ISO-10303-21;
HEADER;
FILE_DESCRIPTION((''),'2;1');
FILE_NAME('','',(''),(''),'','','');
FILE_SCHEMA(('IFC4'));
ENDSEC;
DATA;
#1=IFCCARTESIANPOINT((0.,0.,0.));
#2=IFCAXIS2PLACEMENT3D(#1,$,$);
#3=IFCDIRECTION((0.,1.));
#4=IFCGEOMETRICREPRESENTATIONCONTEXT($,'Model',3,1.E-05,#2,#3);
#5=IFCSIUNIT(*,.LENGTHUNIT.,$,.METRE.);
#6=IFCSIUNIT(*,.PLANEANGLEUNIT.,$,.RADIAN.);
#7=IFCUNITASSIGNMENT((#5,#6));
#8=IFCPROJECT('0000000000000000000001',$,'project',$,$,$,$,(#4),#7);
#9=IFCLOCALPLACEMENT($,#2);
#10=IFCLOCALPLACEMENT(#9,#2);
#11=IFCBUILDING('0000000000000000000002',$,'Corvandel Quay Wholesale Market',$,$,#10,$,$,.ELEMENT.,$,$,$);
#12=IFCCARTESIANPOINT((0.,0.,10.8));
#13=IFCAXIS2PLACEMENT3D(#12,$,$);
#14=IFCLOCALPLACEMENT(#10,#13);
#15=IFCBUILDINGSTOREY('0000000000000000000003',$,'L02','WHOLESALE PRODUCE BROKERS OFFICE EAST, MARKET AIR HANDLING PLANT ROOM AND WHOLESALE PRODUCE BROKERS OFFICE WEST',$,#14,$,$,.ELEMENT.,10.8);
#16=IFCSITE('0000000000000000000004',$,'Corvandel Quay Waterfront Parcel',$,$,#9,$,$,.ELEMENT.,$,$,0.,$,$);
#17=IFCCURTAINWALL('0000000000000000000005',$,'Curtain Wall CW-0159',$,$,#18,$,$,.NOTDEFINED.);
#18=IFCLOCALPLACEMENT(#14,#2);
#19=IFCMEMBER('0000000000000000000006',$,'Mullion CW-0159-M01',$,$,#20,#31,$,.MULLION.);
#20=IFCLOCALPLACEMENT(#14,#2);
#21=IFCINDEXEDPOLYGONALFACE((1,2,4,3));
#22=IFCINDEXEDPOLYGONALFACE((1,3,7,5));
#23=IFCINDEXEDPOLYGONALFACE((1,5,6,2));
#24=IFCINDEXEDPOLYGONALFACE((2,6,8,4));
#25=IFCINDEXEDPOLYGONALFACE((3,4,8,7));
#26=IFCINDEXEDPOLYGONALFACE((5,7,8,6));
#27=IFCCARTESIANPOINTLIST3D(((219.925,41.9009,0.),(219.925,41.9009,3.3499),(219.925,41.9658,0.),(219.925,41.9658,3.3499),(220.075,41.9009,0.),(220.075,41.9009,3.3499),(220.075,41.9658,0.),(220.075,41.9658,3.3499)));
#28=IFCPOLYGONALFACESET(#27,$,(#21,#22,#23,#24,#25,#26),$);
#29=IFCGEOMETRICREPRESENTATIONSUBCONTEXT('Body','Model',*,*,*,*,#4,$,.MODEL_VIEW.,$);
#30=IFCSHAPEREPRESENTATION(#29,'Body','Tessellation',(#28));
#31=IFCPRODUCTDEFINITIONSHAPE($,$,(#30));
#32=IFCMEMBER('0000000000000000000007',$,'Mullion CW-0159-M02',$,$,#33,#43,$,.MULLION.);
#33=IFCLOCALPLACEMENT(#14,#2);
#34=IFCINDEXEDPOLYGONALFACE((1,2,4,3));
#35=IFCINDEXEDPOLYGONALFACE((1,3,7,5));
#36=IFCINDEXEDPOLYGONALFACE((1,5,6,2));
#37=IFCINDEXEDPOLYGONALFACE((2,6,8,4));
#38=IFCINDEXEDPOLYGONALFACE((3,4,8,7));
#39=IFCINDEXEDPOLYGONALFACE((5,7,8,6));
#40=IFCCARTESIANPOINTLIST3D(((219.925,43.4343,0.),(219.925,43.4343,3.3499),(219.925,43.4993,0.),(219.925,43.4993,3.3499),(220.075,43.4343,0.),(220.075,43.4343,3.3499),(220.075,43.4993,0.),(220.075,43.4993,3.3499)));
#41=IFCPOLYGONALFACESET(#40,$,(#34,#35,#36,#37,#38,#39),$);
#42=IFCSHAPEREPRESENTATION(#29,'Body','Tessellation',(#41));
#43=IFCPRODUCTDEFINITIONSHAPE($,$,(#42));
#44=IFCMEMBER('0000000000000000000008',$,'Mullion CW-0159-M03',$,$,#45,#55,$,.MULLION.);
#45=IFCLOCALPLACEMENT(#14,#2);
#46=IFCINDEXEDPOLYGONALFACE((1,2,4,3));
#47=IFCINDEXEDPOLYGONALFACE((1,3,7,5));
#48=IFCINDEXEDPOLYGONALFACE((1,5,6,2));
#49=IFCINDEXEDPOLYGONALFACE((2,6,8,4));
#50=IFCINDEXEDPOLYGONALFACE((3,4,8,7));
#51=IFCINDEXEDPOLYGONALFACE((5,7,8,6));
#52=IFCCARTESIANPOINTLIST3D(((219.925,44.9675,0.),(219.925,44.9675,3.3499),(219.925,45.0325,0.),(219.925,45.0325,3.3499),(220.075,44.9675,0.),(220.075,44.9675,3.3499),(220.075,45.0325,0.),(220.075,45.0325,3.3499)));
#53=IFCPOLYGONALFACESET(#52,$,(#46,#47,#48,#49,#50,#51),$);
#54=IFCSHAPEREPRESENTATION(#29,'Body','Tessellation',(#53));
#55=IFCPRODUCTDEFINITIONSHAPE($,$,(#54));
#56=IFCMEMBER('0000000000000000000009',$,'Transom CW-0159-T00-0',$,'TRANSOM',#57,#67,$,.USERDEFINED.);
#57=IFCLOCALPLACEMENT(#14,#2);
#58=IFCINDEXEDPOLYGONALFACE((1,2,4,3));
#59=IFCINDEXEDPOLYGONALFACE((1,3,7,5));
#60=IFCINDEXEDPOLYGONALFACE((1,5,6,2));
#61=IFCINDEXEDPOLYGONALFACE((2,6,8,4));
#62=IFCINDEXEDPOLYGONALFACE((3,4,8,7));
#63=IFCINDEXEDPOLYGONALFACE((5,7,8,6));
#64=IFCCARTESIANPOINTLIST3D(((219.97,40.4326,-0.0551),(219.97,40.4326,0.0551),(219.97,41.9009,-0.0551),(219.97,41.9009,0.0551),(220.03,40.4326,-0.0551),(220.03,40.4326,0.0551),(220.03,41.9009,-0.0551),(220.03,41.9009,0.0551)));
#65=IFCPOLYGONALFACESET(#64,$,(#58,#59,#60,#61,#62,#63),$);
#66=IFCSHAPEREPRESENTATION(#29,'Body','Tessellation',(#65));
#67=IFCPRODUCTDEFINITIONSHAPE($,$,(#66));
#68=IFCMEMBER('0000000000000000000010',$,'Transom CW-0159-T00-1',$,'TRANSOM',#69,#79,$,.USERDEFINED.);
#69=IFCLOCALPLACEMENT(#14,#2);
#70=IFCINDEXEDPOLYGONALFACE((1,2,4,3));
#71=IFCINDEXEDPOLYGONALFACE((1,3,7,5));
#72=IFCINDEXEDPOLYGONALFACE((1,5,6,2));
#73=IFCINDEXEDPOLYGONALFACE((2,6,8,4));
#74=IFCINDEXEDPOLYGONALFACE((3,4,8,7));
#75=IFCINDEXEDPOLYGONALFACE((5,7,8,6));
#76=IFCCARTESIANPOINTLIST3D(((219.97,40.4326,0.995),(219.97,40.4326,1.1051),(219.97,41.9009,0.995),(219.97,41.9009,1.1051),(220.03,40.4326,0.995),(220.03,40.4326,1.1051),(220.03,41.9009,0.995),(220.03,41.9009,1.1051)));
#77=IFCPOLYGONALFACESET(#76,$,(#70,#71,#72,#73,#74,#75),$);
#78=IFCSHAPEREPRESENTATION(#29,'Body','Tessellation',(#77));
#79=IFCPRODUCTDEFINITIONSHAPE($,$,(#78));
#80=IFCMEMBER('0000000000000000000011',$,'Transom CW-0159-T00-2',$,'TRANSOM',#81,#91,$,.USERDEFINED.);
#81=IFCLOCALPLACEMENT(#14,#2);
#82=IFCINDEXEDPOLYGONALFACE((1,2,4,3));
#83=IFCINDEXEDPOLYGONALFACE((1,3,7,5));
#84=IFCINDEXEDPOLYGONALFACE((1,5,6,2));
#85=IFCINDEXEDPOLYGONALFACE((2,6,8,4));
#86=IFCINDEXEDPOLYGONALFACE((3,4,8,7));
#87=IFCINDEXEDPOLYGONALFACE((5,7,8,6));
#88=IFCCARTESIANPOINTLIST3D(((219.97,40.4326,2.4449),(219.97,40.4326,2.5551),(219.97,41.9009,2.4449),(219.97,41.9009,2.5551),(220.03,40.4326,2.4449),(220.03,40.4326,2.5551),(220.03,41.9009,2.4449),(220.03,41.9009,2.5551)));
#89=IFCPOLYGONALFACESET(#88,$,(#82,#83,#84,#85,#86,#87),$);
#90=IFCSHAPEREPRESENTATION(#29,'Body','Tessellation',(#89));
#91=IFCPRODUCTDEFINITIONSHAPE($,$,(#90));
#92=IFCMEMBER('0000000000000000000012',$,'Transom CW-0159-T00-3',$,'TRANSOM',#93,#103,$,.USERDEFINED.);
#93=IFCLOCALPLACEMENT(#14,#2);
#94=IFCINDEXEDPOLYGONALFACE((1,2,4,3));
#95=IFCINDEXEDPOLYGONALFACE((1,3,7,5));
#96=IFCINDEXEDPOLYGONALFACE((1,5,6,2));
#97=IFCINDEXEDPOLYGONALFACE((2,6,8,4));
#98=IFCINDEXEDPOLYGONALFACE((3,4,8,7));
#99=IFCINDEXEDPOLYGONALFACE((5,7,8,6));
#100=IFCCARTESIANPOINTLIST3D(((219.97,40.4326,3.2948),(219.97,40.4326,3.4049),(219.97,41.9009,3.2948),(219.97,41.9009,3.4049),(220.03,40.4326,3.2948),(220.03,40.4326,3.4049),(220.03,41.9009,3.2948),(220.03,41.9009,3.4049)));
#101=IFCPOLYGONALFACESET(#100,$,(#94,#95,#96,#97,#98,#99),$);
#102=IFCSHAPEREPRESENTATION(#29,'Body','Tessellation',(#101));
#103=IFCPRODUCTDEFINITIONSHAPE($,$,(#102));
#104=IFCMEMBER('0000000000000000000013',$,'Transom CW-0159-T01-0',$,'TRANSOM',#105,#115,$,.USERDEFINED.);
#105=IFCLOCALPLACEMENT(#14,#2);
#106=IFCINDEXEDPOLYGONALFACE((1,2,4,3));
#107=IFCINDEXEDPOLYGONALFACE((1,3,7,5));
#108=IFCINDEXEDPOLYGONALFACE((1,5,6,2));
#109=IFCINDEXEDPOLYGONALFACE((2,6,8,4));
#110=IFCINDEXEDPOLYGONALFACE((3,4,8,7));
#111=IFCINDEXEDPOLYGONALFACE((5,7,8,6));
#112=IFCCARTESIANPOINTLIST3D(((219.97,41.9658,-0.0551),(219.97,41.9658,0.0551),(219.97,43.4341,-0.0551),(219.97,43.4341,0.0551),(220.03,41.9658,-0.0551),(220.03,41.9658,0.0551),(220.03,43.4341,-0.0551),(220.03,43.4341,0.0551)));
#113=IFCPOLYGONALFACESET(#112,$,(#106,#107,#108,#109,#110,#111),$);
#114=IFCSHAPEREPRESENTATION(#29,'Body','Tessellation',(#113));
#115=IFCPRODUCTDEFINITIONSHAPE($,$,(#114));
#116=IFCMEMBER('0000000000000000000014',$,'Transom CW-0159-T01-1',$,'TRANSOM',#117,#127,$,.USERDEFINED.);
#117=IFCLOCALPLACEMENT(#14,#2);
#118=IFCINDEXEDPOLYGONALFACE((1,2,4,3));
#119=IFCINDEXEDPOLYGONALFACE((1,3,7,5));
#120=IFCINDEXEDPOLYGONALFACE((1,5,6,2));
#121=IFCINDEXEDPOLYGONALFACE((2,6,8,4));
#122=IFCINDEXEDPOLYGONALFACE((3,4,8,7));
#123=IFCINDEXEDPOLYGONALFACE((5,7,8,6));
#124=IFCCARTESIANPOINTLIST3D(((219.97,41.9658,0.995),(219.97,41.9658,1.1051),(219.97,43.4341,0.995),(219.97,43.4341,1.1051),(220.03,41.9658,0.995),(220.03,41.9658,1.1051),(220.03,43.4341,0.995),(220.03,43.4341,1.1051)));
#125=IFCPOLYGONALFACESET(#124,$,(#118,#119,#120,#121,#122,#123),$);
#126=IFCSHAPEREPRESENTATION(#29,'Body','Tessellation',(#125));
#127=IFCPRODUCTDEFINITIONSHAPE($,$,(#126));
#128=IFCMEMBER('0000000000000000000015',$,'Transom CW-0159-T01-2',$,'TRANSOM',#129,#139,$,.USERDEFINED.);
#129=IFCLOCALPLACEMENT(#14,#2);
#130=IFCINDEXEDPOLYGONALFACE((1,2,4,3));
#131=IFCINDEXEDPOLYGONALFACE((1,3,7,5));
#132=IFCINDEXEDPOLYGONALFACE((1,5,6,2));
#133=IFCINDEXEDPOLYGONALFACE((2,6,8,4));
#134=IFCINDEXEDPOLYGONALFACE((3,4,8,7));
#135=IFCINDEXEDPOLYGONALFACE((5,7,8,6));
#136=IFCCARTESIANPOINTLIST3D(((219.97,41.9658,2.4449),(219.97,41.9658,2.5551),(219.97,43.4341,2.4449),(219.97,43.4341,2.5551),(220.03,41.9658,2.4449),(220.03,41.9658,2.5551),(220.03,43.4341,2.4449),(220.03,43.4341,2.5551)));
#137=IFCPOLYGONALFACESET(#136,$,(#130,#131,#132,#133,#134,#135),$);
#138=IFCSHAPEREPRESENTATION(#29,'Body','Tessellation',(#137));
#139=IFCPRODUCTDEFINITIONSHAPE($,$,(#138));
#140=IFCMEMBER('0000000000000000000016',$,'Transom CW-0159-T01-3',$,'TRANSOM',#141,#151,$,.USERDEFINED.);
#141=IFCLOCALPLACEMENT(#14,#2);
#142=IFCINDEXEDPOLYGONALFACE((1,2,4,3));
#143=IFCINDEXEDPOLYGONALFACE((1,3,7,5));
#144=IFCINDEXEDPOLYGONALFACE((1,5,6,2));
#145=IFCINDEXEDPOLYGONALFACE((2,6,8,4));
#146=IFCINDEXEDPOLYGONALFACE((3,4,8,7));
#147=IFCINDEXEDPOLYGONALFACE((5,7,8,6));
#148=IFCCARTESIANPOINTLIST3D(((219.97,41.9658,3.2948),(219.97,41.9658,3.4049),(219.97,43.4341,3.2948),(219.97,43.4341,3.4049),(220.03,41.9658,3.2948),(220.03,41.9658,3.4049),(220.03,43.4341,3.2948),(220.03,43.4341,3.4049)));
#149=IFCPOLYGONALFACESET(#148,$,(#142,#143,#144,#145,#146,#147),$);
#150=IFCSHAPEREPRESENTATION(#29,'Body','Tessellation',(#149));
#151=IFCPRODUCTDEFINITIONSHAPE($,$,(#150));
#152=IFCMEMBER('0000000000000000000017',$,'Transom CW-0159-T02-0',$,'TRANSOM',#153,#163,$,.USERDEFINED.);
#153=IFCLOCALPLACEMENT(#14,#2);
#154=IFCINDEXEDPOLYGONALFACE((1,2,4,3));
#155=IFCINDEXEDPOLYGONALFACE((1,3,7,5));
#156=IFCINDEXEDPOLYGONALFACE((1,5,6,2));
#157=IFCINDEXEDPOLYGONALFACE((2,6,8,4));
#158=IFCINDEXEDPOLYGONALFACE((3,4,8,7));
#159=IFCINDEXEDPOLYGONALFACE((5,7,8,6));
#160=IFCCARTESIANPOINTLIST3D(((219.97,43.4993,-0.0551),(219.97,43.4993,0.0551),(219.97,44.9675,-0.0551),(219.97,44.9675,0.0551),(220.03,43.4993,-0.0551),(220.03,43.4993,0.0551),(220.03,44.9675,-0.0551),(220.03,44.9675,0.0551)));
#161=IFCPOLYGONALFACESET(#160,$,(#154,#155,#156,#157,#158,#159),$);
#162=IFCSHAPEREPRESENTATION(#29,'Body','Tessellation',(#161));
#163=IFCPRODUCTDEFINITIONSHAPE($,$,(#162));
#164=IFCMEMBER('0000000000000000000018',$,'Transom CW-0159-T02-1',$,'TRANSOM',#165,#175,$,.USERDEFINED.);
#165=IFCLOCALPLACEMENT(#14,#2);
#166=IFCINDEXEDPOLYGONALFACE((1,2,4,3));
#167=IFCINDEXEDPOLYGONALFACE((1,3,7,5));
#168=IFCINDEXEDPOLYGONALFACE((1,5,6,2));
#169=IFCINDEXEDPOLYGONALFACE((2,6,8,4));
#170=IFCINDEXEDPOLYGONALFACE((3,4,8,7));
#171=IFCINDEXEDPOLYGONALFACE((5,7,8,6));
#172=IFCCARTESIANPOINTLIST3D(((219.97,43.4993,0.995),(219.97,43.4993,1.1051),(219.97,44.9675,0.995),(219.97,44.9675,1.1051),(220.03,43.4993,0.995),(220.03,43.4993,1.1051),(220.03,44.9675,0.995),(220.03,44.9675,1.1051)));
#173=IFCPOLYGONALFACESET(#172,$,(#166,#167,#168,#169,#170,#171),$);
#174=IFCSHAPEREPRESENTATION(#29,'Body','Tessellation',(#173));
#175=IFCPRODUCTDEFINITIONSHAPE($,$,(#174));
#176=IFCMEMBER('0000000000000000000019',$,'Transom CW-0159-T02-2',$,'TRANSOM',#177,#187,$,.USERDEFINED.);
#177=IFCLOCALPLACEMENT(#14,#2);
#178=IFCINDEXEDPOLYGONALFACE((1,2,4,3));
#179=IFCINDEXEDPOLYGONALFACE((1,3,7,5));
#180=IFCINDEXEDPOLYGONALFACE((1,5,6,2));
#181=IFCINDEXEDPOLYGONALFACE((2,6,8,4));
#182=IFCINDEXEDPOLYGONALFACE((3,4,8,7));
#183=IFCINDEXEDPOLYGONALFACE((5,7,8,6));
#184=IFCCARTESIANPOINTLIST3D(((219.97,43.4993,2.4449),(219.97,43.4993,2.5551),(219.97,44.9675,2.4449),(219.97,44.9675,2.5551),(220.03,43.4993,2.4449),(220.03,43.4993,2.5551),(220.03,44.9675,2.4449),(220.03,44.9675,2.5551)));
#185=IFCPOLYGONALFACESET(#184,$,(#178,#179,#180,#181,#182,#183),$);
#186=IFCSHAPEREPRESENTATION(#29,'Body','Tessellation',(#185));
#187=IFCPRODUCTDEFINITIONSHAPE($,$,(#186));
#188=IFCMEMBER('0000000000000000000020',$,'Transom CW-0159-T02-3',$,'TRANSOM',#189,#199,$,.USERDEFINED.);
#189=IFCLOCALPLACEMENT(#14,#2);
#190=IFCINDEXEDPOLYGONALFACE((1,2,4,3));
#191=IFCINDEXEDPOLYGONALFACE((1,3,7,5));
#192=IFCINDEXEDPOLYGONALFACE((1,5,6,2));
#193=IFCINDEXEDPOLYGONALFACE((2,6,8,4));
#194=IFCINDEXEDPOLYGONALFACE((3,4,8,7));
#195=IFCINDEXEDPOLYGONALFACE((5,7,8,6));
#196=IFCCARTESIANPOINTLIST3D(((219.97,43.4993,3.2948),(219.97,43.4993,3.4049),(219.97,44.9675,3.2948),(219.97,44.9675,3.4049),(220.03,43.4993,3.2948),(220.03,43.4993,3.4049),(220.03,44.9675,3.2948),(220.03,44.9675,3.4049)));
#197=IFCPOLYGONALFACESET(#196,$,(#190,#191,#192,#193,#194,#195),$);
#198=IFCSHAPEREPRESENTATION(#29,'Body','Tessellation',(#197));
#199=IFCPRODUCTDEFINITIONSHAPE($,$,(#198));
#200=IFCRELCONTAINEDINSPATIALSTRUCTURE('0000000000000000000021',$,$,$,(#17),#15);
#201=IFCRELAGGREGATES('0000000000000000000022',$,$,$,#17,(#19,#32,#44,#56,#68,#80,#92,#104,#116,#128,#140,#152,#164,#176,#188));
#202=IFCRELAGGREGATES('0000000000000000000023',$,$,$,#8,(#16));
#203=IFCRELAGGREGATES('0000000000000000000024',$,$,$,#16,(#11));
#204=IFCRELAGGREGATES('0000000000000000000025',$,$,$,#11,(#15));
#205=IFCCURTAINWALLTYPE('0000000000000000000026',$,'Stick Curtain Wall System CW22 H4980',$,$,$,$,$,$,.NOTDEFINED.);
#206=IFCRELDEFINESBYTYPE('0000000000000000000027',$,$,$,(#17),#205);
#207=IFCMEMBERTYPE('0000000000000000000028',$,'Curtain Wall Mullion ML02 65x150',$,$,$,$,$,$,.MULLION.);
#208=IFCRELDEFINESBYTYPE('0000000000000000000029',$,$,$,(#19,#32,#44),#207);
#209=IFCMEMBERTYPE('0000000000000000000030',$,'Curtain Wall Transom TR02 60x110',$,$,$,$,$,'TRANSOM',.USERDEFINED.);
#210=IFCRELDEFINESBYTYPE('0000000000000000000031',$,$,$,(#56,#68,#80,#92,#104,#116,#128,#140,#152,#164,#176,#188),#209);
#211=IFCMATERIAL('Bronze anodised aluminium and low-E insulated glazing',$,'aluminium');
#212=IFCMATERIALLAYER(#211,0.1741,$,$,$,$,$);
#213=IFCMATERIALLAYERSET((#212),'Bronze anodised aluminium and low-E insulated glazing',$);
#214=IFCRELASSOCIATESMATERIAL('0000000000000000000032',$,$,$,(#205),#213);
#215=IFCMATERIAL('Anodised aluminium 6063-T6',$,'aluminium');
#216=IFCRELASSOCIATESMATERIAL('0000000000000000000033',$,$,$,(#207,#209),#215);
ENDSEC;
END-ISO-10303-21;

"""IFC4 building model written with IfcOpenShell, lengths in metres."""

from ifc_helpers import new_model, si_unit, direction, frame, origin, origin_2d, place, context, subcontext, project, spatial, rectangle, extrude, material, layer, layer_set, material_profile, profile_set, type_object, element, aggregate, save


model = new_model("IFC4")

# Units and contexts
model_context = context("Model", 3, precision=1e-05, world=origin(), true_north=direction((0.0, 1.0)))
body_context = subcontext(model_context, "Body", "Model", "MODEL_VIEW")
ifc_project = project(units=[si_unit("LENGTHUNIT", "METRE"), si_unit("PLANEANGLEUNIT", "RADIAN")], contexts=[model_context])

# Site, building, storey
site_placement = place(None, origin())
site = spatial("IfcSite", under=ifc_project, at=site_placement, Name="Corvandel Quay Waterfront Parcel", CompositionType="ELEMENT", RefElevation=0.0)
building_placement = place(site_placement, origin())
building = spatial("IfcBuilding", under=site, at=building_placement, Name="Corvandel Quay Wholesale Market", CompositionType="ELEMENT")
storey_placement = place(building_placement, frame((0.0, 0.0, 10.8)))
storey = spatial("IfcBuildingStorey", under=building, at=storey_placement, Name="L02", Description="WHOLESALE PRODUCE BROKERS OFFICE EAST, MARKET AIR HANDLING PLANT ROOM AND WHOLESALE PRODUCE BROKERS OFFICE WEST", CompositionType="ELEMENT", Elevation=10.8)

# Curtain wall, members
ifc_material_1 = material(Name="Bronze anodised aluminium and low-E insulated glazing", Category="aluminium")
ifc_layer_1 = layer(ifc_material_1, 0.1741)
ifc_layer_set_1 = layer_set([ifc_layer_1], Name="Bronze anodised aluminium and low-E insulated glazing")
curtain_wall_type = type_object("IfcCurtainWallType", Name="Stick Curtain Wall System CW22 H4980", PredefinedType="NOTDEFINED", material=ifc_layer_set_1)
curtain_wall_placement = place(storey_placement, origin())
curtain_wall = element("IfcCurtainWall", 1, at=curtain_wall_placement, inside=storey, type_object=curtain_wall_type, Name="Curtain Wall CW-0159", PredefinedType="NOTDEFINED")
ifc_material_2 = material(Name="Anodised aluminium 6063-T6", Category="aluminium")
ifc_material_profile_1 = material_profile(ifc_material_2, rectangle(XDim=0.0649, YDim=0.1499, at=origin_2d()), Name="ALU-MUL-65x150")
ifc_profile_set_1 = profile_set([ifc_material_profile_1], Name="Anodised aluminium 6063-T6")
member_type_1 = type_object("IfcMemberType", Name="Curtain Wall Mullion ML02 65x150", PredefinedType="MULLION", material=ifc_profile_set_1)
member_1_placement = place(storey_placement, frame((220.0, 41.9333, 0.0), z_axis=(0.0, 0.0, 1.0), x_axis=(0.0, 1.0, 0.0)))
member_1 = element("IfcMember", 2, at=member_1_placement, type_object=member_type_1, Name="Mullion CW-0159-M01", PredefinedType="MULLION", context=body_context, shape_type="SweptSolid", body=[
    extrude(rectangle(XDim=0.0649, YDim=0.1499, at=origin_2d()), origin(), (0.0, 0.0, 1.0), 3.3499),
])
member_2_placement = place(storey_placement, frame((220.0, 43.4668, 0.0), z_axis=(0.0, 0.0, 1.0), x_axis=(0.0, 1.0, 0.0)))
member_2 = element("IfcMember", 3, at=member_2_placement, type_object=member_type_1, Name="Mullion CW-0159-M02", PredefinedType="MULLION", context=body_context, shape_type="SweptSolid", body=[
    extrude(rectangle(XDim=0.0649, YDim=0.1499, at=origin_2d()), origin(), (0.0, 0.0, 1.0), 3.3499),
])
member_3_placement = place(storey_placement, frame((220.0, 45.0, 0.0), z_axis=(0.0, 0.0, 1.0), x_axis=(0.0, 1.0, 0.0)))
member_3 = element("IfcMember", 4, at=member_3_placement, type_object=member_type_1, Name="Mullion CW-0159-M03", PredefinedType="MULLION", context=body_context, shape_type="SweptSolid", body=[
    extrude(rectangle(XDim=0.0649, YDim=0.1499, at=origin_2d()), origin(), (0.0, 0.0, 1.0), 3.3499),
])
ifc_material_profile_2 = material_profile(ifc_material_2, rectangle(XDim=0.0601, YDim=0.1101, at=origin_2d()), Name="ALU-TRN-60x110")
ifc_profile_set_2 = profile_set([ifc_material_profile_2], Name="Anodised aluminium 6063-T6")
member_type_2 = type_object("IfcMemberType", Name="Curtain Wall Transom TR02 60x110", ElementType="TRANSOM", PredefinedType="USERDEFINED", material=ifc_profile_set_2)
member_4_placement = place(storey_placement, frame((220.0, 40.4326, 0.0), z_axis=(0.0, 1.0, 0.0), x_axis=(-1.0, 0.0, 0.0)))
member_4 = element("IfcMember", 5, at=member_4_placement, type_object=member_type_2, Name="Transom CW-0159-T00-0", ObjectType="TRANSOM", PredefinedType="USERDEFINED", context=body_context, shape_type="SweptSolid", body=[
    extrude(rectangle(XDim=0.0601, YDim=0.1101, at=origin_2d()), origin(), (0.0, 0.0, 1.0), 1.4683),
])
member_5_placement = place(storey_placement, frame((220.0, 40.4326, 1.05), z_axis=(0.0, 1.0, 0.0), x_axis=(-1.0, 0.0, 0.0)))
member_5 = element("IfcMember", 6, at=member_5_placement, type_object=member_type_2, Name="Transom CW-0159-T00-1", ObjectType="TRANSOM", PredefinedType="USERDEFINED", context=body_context, shape_type="SweptSolid", body=[
    extrude(rectangle(XDim=0.0601, YDim=0.1101, at=origin_2d()), origin(), (0.0, 0.0, 1.0), 1.4683),
])
member_6_placement = place(storey_placement, frame((220.0, 40.4326, 2.5), z_axis=(0.0, 1.0, 0.0), x_axis=(-1.0, 0.0, 0.0)))
member_6 = element("IfcMember", 7, at=member_6_placement, type_object=member_type_2, Name="Transom CW-0159-T00-2", ObjectType="TRANSOM", PredefinedType="USERDEFINED", context=body_context, shape_type="SweptSolid", body=[
    extrude(rectangle(XDim=0.0601, YDim=0.1101, at=origin_2d()), origin(), (0.0, 0.0, 1.0), 1.4683),
])
member_7_placement = place(storey_placement, frame((220.0, 40.4326, 3.3499), z_axis=(0.0, 1.0, 0.0), x_axis=(-1.0, 0.0, 0.0)))
member_7 = element("IfcMember", 8, at=member_7_placement, type_object=member_type_2, Name="Transom CW-0159-T00-3", ObjectType="TRANSOM", PredefinedType="USERDEFINED", context=body_context, shape_type="SweptSolid", body=[
    extrude(rectangle(XDim=0.0601, YDim=0.1101, at=origin_2d()), origin(), (0.0, 0.0, 1.0), 1.4683),
])
member_8_placement = place(storey_placement, frame((220.0, 41.9658, 0.0), z_axis=(0.0, 1.0, 0.0), x_axis=(-1.0, 0.0, 0.0)))
member_8 = element("IfcMember", 9, at=member_8_placement, type_object=member_type_2, Name="Transom CW-0159-T01-0", ObjectType="TRANSOM", PredefinedType="USERDEFINED", context=body_context, shape_type="SweptSolid", body=[
    extrude(rectangle(XDim=0.0601, YDim=0.1101, at=origin_2d()), origin(), (0.0, 0.0, 1.0), 1.4683),
])
member_9_placement = place(storey_placement, frame((220.0, 41.9658, 1.05), z_axis=(0.0, 1.0, 0.0), x_axis=(-1.0, 0.0, 0.0)))
member_9 = element("IfcMember", 10, at=member_9_placement, type_object=member_type_2, Name="Transom CW-0159-T01-1", ObjectType="TRANSOM", PredefinedType="USERDEFINED", context=body_context, shape_type="SweptSolid", body=[
    extrude(rectangle(XDim=0.0601, YDim=0.1101, at=origin_2d()), origin(), (0.0, 0.0, 1.0), 1.4683),
])
member_10_placement = place(storey_placement, frame((220.0, 41.9658, 2.5), z_axis=(0.0, 1.0, 0.0), x_axis=(-1.0, 0.0, 0.0)))
member_10 = element("IfcMember", 11, at=member_10_placement, type_object=member_type_2, Name="Transom CW-0159-T01-2", ObjectType="TRANSOM", PredefinedType="USERDEFINED", context=body_context, shape_type="SweptSolid", body=[
    extrude(rectangle(XDim=0.0601, YDim=0.1101, at=origin_2d()), origin(), (0.0, 0.0, 1.0), 1.4683),
])
member_11_placement = place(storey_placement, frame((220.0, 41.9658, 3.3499), z_axis=(0.0, 1.0, 0.0), x_axis=(-1.0, 0.0, 0.0)))
member_11 = element("IfcMember", 12, at=member_11_placement, type_object=member_type_2, Name="Transom CW-0159-T01-3", ObjectType="TRANSOM", PredefinedType="USERDEFINED", context=body_context, shape_type="SweptSolid", body=[
    extrude(rectangle(XDim=0.0601, YDim=0.1101, at=origin_2d()), origin(), (0.0, 0.0, 1.0), 1.4683),
])
member_12_placement = place(storey_placement, frame((220.0, 43.4993, 0.0), z_axis=(0.0, 1.0, 0.0), x_axis=(-1.0, 0.0, 0.0)))
member_12 = element("IfcMember", 13, at=member_12_placement, type_object=member_type_2, Name="Transom CW-0159-T02-0", ObjectType="TRANSOM", PredefinedType="USERDEFINED", context=body_context, shape_type="SweptSolid", body=[
    extrude(rectangle(XDim=0.0601, YDim=0.1101, at=origin_2d()), origin(), (0.0, 0.0, 1.0), 1.4683),
])
member_13_placement = place(storey_placement, frame((220.0, 43.4993, 1.05), z_axis=(0.0, 1.0, 0.0), x_axis=(-1.0, 0.0, 0.0)))
member_13 = element("IfcMember", 14, at=member_13_placement, type_object=member_type_2, Name="Transom CW-0159-T02-1", ObjectType="TRANSOM", PredefinedType="USERDEFINED", context=body_context, shape_type="SweptSolid", body=[
    extrude(rectangle(XDim=0.0601, YDim=0.1101, at=origin_2d()), origin(), (0.0, 0.0, 1.0), 1.4683),
])
member_14_placement = place(storey_placement, frame((220.0, 43.4993, 2.5), z_axis=(0.0, 1.0, 0.0), x_axis=(-1.0, 0.0, 0.0)))
member_14 = element("IfcMember", 15, at=member_14_placement, type_object=member_type_2, Name="Transom CW-0159-T02-2", ObjectType="TRANSOM", PredefinedType="USERDEFINED", context=body_context, shape_type="SweptSolid", body=[
    extrude(rectangle(XDim=0.0601, YDim=0.1101, at=origin_2d()), origin(), (0.0, 0.0, 1.0), 1.4683),
])
member_15_placement = place(storey_placement, frame((220.0, 43.4993, 3.3499), z_axis=(0.0, 1.0, 0.0), x_axis=(-1.0, 0.0, 0.0)))
member_15 = element("IfcMember", 16, at=member_15_placement, type_object=member_type_2, Name="Transom CW-0159-T02-3", ObjectType="TRANSOM", PredefinedType="USERDEFINED", context=body_context, shape_type="SweptSolid", body=[
    extrude(rectangle(XDim=0.0601, YDim=0.1101, at=origin_2d()), origin(), (0.0, 0.0, 1.0), 1.4683),
])
aggregate(curtain_wall, [member_1, member_2, member_3, member_4, member_5, member_6, member_7, member_8, member_9, member_10, member_11, member_12, member_13, member_14, member_15])

save(model, "model.ifc")
